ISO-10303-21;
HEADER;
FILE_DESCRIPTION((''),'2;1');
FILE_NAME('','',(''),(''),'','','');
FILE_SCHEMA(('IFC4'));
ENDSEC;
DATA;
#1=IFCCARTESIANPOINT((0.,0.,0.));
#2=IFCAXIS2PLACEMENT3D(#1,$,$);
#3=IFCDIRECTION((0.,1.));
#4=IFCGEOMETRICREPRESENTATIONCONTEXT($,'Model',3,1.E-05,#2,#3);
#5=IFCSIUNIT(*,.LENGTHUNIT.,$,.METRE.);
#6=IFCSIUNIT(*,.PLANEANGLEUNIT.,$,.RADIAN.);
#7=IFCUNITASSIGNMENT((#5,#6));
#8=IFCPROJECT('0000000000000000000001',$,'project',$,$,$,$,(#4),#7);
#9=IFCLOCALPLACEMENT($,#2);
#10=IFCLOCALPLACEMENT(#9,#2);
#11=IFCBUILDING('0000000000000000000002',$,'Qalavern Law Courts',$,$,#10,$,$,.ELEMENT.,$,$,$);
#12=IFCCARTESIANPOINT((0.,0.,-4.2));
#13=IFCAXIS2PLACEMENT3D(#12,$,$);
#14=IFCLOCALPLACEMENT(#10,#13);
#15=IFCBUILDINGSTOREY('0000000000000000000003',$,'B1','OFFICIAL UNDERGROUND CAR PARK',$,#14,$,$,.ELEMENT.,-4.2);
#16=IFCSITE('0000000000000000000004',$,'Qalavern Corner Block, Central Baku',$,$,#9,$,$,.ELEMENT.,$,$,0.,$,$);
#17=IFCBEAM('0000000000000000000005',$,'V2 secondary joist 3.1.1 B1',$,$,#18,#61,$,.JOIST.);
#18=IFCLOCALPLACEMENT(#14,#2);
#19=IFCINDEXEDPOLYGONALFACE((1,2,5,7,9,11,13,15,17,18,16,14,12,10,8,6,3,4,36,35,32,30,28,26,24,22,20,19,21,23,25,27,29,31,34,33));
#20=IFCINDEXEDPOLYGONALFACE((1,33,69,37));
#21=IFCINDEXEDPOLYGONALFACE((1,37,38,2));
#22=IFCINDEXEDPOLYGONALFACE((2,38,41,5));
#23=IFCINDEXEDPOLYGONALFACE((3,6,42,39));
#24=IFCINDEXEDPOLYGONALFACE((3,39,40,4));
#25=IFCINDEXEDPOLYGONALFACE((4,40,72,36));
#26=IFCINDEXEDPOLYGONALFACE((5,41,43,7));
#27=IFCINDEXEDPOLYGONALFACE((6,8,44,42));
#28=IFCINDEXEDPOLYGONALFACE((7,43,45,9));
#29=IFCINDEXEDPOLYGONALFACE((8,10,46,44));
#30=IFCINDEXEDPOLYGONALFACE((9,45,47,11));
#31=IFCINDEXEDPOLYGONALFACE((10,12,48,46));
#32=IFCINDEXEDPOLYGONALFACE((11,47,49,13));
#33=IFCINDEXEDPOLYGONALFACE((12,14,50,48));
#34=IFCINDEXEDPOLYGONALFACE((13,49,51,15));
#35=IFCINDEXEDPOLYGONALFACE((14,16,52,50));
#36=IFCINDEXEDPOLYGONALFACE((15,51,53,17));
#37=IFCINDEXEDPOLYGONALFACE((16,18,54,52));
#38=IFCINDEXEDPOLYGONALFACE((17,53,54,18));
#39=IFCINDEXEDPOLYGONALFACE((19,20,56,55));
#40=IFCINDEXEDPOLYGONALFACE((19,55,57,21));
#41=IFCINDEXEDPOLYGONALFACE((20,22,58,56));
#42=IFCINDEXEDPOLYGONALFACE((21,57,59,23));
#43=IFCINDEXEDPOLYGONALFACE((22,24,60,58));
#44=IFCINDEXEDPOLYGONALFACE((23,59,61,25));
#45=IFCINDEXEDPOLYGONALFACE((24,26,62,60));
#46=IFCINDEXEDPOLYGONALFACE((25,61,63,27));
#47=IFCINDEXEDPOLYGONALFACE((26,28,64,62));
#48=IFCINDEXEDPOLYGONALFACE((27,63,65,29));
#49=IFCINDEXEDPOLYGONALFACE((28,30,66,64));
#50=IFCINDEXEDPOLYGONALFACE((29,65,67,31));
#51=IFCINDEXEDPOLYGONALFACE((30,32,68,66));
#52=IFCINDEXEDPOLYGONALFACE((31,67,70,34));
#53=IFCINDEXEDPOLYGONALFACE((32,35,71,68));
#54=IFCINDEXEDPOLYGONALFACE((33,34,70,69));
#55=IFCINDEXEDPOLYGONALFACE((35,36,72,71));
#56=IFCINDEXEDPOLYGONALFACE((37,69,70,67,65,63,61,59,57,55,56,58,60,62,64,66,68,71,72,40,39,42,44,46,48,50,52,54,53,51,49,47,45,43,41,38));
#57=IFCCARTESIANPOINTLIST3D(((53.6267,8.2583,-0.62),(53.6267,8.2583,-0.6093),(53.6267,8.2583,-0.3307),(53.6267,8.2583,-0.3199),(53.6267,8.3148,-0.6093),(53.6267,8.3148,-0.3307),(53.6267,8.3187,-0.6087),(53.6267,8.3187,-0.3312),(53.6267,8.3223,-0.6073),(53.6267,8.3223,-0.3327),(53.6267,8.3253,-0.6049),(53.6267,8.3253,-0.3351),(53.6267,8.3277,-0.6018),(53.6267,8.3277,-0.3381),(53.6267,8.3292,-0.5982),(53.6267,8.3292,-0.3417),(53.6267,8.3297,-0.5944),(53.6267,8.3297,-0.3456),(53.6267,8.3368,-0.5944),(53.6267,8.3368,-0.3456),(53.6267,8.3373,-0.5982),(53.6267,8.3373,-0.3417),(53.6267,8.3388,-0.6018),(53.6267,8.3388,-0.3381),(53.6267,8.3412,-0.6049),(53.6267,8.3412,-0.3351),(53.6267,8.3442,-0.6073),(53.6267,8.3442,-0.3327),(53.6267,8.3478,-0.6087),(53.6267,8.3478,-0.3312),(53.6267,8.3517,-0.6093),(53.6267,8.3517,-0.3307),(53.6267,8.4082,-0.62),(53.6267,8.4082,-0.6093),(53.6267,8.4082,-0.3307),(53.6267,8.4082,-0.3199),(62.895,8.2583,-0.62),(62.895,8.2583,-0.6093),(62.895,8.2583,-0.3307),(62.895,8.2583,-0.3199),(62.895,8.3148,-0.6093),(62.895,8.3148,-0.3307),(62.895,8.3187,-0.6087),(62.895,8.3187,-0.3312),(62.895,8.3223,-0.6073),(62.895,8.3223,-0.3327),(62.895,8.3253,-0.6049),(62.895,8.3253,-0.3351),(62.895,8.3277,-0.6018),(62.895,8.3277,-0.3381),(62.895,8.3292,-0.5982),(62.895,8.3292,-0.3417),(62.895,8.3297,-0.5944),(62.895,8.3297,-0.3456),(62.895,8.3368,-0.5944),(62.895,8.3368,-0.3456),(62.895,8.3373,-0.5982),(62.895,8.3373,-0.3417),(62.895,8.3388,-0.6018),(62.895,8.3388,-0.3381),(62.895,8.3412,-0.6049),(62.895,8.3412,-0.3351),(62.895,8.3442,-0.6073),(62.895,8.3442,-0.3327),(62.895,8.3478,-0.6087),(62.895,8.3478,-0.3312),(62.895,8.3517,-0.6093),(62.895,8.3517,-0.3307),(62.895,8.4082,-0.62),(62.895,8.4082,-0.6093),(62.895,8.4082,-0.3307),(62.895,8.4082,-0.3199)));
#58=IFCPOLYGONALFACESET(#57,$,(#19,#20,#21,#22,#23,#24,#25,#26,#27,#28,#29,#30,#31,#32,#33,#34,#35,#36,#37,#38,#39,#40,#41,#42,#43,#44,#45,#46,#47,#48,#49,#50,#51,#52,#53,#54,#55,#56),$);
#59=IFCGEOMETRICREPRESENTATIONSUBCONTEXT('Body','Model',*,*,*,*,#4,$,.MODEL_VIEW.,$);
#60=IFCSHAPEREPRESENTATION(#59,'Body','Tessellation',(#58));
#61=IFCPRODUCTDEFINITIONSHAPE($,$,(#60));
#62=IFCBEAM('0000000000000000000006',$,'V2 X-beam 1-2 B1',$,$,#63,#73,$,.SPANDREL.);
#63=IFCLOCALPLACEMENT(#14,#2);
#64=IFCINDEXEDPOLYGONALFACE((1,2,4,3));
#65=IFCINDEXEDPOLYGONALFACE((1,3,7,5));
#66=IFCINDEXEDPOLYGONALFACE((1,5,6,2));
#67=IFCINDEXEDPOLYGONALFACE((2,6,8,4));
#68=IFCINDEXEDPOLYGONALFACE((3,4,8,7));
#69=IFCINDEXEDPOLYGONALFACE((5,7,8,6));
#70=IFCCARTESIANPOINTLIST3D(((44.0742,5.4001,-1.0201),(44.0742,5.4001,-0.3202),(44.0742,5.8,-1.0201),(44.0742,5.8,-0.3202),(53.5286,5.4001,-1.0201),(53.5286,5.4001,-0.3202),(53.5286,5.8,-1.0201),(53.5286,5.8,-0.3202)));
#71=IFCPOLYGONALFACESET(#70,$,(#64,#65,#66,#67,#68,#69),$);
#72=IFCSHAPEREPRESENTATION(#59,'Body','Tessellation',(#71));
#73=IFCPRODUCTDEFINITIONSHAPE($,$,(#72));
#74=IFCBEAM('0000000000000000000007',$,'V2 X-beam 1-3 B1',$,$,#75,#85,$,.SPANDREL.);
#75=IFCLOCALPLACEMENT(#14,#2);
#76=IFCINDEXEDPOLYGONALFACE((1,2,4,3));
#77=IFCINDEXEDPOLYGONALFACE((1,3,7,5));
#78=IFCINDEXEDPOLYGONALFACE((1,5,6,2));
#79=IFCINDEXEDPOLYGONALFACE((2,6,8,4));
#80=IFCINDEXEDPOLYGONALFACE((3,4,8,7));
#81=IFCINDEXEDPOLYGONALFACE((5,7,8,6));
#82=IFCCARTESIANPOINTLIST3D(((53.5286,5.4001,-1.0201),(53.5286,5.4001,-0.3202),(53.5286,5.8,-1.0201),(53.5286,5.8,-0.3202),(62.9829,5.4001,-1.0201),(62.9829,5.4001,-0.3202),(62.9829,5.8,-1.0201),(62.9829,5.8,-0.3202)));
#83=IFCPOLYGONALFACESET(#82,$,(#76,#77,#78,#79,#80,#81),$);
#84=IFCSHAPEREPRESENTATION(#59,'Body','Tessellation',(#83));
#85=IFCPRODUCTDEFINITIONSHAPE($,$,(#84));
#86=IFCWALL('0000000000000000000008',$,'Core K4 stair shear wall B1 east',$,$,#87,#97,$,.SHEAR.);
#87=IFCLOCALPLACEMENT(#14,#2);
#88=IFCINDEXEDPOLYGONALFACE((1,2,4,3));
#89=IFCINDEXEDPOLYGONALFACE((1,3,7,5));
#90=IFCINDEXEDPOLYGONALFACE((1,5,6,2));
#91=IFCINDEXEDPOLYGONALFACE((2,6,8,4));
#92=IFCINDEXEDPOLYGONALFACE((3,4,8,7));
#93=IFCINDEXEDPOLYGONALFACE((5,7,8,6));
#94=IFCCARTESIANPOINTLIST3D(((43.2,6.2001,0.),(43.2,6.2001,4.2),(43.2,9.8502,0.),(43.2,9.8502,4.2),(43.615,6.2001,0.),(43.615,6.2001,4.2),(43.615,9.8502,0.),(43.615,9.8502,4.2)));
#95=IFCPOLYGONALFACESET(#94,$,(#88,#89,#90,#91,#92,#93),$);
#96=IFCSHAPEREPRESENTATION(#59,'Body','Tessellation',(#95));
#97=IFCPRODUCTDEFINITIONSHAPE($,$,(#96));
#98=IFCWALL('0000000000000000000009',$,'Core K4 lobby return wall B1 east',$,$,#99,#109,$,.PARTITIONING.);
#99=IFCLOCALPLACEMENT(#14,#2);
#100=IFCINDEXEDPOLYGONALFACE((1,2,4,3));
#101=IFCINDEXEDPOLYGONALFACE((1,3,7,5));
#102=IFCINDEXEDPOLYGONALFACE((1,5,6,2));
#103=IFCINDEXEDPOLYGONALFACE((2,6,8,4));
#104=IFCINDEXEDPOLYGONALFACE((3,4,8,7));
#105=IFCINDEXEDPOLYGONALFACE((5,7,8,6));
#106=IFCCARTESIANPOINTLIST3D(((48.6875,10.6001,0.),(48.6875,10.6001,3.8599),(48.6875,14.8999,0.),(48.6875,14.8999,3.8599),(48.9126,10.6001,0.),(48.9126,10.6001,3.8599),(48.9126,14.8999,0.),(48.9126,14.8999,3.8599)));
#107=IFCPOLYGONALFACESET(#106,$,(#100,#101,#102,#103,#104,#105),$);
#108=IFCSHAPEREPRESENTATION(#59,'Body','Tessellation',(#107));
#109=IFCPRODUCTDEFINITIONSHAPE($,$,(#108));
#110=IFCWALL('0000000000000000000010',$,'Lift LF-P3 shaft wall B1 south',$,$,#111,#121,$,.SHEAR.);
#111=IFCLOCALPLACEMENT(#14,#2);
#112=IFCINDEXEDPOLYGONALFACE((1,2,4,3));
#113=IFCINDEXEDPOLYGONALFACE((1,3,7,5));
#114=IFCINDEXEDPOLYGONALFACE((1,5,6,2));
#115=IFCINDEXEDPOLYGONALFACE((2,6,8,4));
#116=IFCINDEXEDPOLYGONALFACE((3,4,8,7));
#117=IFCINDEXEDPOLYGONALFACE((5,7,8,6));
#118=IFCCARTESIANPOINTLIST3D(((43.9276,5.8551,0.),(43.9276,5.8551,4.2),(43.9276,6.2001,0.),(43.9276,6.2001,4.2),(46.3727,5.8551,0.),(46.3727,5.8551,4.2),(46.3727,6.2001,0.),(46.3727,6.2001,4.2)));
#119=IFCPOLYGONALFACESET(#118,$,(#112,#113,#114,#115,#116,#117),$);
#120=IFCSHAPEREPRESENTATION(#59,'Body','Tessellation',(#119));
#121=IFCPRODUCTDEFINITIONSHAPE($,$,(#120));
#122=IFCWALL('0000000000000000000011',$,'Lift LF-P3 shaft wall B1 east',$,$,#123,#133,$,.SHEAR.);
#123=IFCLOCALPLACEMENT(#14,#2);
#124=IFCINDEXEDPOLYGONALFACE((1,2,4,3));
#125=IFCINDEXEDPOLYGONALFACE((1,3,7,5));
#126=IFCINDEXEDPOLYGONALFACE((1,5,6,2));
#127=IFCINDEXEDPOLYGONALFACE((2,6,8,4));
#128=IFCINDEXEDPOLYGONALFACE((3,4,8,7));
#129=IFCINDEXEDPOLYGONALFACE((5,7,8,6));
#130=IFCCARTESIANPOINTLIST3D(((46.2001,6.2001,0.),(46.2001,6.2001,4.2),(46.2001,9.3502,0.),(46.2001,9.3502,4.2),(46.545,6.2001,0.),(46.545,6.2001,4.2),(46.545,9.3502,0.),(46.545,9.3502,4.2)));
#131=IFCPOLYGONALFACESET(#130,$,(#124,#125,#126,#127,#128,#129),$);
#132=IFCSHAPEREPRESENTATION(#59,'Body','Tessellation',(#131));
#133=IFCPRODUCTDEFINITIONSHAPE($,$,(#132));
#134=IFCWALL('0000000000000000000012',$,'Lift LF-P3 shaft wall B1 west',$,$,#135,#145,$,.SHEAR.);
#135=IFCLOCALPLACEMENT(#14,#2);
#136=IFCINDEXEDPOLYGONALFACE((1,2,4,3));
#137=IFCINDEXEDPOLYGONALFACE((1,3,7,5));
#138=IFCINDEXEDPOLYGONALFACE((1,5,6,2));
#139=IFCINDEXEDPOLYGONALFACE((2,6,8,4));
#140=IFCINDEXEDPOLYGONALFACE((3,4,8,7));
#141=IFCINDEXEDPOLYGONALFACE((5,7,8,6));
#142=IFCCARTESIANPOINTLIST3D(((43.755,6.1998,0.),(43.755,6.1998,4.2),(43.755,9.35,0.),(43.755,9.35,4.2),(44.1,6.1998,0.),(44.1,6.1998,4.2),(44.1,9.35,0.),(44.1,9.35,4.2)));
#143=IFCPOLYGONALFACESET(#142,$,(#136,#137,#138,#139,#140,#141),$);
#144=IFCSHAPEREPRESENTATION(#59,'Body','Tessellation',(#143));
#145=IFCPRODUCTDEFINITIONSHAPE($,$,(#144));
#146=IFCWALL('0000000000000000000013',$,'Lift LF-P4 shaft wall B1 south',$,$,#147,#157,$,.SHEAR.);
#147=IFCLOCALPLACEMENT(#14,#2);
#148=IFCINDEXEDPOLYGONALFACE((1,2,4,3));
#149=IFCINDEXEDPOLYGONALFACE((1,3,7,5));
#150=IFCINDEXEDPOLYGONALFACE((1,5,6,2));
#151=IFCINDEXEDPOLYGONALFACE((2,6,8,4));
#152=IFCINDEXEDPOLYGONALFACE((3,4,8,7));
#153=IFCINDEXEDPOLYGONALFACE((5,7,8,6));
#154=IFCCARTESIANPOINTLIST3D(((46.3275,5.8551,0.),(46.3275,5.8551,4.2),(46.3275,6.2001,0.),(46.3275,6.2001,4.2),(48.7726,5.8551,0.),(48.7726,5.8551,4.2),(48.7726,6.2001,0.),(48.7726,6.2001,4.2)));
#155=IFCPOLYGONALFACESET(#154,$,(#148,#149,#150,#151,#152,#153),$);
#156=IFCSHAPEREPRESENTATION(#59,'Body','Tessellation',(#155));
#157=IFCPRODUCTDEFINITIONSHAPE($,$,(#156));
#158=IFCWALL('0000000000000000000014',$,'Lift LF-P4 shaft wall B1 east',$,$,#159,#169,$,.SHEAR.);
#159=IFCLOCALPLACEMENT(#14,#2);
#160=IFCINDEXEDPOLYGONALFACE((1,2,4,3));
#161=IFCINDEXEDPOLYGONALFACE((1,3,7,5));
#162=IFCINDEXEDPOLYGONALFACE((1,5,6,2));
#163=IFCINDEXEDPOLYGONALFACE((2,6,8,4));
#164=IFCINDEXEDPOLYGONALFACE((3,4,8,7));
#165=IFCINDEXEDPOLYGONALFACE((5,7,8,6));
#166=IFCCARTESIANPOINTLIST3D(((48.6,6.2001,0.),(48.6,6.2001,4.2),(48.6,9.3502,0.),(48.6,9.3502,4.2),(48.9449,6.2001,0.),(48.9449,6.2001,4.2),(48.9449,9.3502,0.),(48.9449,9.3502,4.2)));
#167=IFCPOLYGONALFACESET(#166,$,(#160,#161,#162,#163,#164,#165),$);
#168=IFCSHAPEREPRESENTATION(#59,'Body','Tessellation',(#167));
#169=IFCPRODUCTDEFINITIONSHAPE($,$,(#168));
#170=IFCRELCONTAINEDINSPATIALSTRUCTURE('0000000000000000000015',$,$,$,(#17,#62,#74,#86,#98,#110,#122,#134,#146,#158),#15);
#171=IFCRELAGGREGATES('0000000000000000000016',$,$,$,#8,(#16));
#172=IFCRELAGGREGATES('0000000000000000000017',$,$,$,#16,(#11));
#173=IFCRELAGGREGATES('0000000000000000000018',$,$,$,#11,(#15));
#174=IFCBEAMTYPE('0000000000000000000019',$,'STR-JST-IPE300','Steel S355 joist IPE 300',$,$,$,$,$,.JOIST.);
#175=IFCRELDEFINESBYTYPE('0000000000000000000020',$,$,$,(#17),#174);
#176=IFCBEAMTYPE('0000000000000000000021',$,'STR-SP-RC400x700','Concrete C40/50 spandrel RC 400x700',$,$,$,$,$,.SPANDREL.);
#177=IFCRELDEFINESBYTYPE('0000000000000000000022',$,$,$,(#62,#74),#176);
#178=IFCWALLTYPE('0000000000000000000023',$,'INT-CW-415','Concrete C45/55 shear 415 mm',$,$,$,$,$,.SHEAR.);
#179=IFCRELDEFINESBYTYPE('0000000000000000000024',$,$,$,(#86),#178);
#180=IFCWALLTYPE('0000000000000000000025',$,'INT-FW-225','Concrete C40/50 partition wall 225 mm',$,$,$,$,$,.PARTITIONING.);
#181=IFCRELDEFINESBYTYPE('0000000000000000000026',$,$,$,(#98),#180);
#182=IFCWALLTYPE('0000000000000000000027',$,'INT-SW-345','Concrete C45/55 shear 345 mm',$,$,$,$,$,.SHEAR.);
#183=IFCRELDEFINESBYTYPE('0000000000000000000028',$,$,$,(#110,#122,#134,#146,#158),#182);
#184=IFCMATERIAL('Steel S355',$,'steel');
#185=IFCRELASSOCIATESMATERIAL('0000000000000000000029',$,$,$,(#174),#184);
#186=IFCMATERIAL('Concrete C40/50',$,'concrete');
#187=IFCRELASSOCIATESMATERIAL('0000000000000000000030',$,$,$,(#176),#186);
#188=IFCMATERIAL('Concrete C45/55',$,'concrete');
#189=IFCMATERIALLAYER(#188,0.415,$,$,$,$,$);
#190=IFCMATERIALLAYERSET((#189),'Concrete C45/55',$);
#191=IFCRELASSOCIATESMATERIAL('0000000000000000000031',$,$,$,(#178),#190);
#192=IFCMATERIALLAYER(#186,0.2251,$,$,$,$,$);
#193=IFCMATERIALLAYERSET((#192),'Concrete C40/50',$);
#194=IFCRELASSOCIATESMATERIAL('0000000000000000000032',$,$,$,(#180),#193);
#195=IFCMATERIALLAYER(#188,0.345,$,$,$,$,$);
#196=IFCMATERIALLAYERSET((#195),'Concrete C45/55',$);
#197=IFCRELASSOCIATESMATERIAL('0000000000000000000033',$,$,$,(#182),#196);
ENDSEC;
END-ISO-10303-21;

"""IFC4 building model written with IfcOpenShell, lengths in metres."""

from ifc_helpers import new_model, si_unit, direction, frame, frame_2d, origin, origin_2d, place, context, subcontext, project, spatial, rectangle, i_section, extrude, material, layer, layer_set, material_profile, profile_set, type_object, element, save


model = new_model("IFC4")

# Units and contexts
model_context = context("Model", 3, precision=1e-05, world=origin(), true_north=direction((0.0, 1.0)))
body_context = subcontext(model_context, "Body", "Model", "MODEL_VIEW")
ifc_project = project(units=[si_unit("LENGTHUNIT", "METRE"), si_unit("PLANEANGLEUNIT", "RADIAN")], contexts=[model_context])

# Site, building, storey
site_placement = place(None, origin())
site = spatial("IfcSite", under=ifc_project, at=site_placement, Name="Qalavern Corner Block, Central Baku", CompositionType="ELEMENT", RefElevation=0.0)
building_placement = place(site_placement, origin())
building = spatial("IfcBuilding", under=site, at=building_placement, Name="Qalavern Law Courts", CompositionType="ELEMENT")
storey_placement = place(building_placement, frame((0.0, 0.0, -4.2)))
storey = spatial("IfcBuildingStorey", under=building, at=storey_placement, Name="B1", Description="OFFICIAL UNDERGROUND CAR PARK", CompositionType="ELEMENT", Elevation=-4.2)

# Shared definitions
ifc_material_1 = material(Name="Steel S355", Category="steel")
ifc_material_2 = material(Name="Concrete C45/55", Category="concrete")

# Beams
ifc_material_3 = material(Name="Concrete C40/50", Category="concrete")
ifc_material_profile_1 = material_profile(ifc_material_1, i_section(OverallWidth=0.1499, OverallDepth=0.3, WebThickness=0.0071, FlangeThickness=0.0107, FilletRadius=0.0149, at=origin_2d()), Name="IPE 300")
ifc_profile_set_1 = profile_set([ifc_material_profile_1], Name="Steel S355")
beam_type_1 = type_object("IfcBeamType", Name="STR-JST-IPE300", Description="Steel S355 joist IPE 300", PredefinedType="JOIST", material=ifc_profile_set_1)
beam_1_placement = place(storey_placement, frame((53.6267, 8.3333, -0.47), z_axis=(1.0, 0.0, 0.0), x_axis=(0.0, 1.0, 0.0)))
element("IfcBeam", 1, at=beam_1_placement, inside=storey, type_object=beam_type_1, Name="V2 secondary joist 3.1.1 B1", PredefinedType="JOIST", context=body_context, shape_type="SweptSolid", body=[
    extrude(i_section(OverallWidth=0.1499, OverallDepth=0.3, WebThickness=0.0071, FlangeThickness=0.0107, FilletRadius=0.0149, at=origin_2d()), origin(), (0.0, 0.0, 1.0), 9.2683),
])
ifc_material_profile_2 = material_profile(ifc_material_3, rectangle(XDim=0.3999, YDim=0.7, at=origin_2d()), Name="RC 400x700")
ifc_profile_set_2 = profile_set([ifc_material_profile_2], Name="Concrete C40/50")
beam_type_2 = type_object("IfcBeamType", Name="STR-SP-RC400x700", Description="Concrete C40/50 spandrel RC 400x700", PredefinedType="SPANDREL", material=ifc_profile_set_2)
for number, where, z_axis, x_axis, name in (
    (2, (44.0742, 5.6001, -0.6702), (1.0, 0.0, 0.0), (0.0, 1.0, 0.0), "V2 X-beam 1-2 B1"),
    (3, (53.5286, 5.6001, -0.6702), (1.0, 0.0, 0.0), (0.0, 1.0, 0.0), "V2 X-beam 1-3 B1"),
):
    element("IfcBeam", number, at=place(storey_placement, frame(where, z_axis=z_axis, x_axis=x_axis)), inside=storey, type_object=beam_type_2, Name=name, PredefinedType="SPANDREL", context=body_context, shape_type="SweptSolid", body=[
        extrude(rectangle(XDim=0.3999, YDim=0.7, at=origin_2d()), origin(), (0.0, 0.0, 1.0), 9.4543),
    ])

# Wall
ifc_layer_1 = layer(ifc_material_2, 0.415)
ifc_layer_set_1 = layer_set([ifc_layer_1], Name="Concrete C45/55")
wall_type_1 = type_object("IfcWallType", Name="INT-CW-415", Description="Concrete C45/55 shear 415 mm", PredefinedType="SHEAR", material=ifc_layer_set_1)
wall_1_placement = place(storey_placement, frame((43.4075, 6.2, 0.0), z_axis=(0.0, 0.0, 1.0), x_axis=(0.0, 1.0, 0.0)))
element("IfcWall", 4, at=wall_1_placement, inside=storey, type_object=wall_type_1, Name="Core K4 stair shear wall B1 east", PredefinedType="SHEAR", context=body_context, shape_type="SweptSolid", body=[
    extrude(rectangle(XDim=3.6501, YDim=0.415, at=frame_2d((1.8252, 0.0))), origin(), (0.0, 0.0, 1.0), 4.2),
])

# Walls
ifc_layer_2 = layer(ifc_material_3, 0.2251)
ifc_layer_set_2 = layer_set([ifc_layer_2], Name="Concrete C40/50")
wall_type_2 = type_object("IfcWallType", Name="INT-FW-225", Description="Concrete C40/50 partition wall 225 mm", PredefinedType="PARTITIONING", material=ifc_layer_set_2)
wall_2_placement = place(storey_placement, frame((48.8, 10.6001, 0.0), z_axis=(0.0, 0.0, 1.0), x_axis=(0.0, 1.0, 0.0)))
element("IfcWall", 5, at=wall_2_placement, inside=storey, type_object=wall_type_2, Name="Core K4 lobby return wall B1 east", PredefinedType="PARTITIONING", context=body_context, shape_type="SweptSolid", body=[
    extrude(rectangle(XDim=4.2998, YDim=0.2251, at=frame_2d((2.1499, 0.0))), origin(), (0.0, 0.0, 1.0), 3.8599),
])
ifc_layer_3 = layer(ifc_material_2, 0.345)
ifc_layer_set_3 = layer_set([ifc_layer_3], Name="Concrete C45/55")
wall_type_3 = type_object("IfcWallType", Name="INT-SW-345", Description="Concrete C45/55 shear 345 mm", PredefinedType="SHEAR", material=ifc_layer_set_3)
wall_3_placement = place(storey_placement, frame((43.9275, 6.0276, 0.0), z_axis=(0.0, 0.0, 1.0), x_axis=(1.0, 0.0, 0.0)))
element("IfcWall", 6, at=wall_3_placement, inside=storey, type_object=wall_type_3, Name="Lift LF-P3 shaft wall B1 south", PredefinedType="SHEAR", context=body_context, shape_type="SweptSolid", body=[
    extrude(rectangle(XDim=2.4451, YDim=0.345, at=frame_2d((1.2227, 0.0))), origin(), (0.0, 0.0, 1.0), 4.2),
])
wall_4_placement = place(storey_placement, frame((46.3726, 6.2, 0.0), z_axis=(0.0, 0.0, 1.0), x_axis=(0.0, 1.0, 0.0)))
element("IfcWall", 7, at=wall_4_placement, inside=storey, type_object=wall_type_3, Name="Lift LF-P3 shaft wall B1 east", PredefinedType="SHEAR", context=body_context, shape_type="SweptSolid", body=[
    extrude(rectangle(XDim=3.1501, YDim=0.345, at=frame_2d((1.5752, 0.0))), origin(), (0.0, 0.0, 1.0), 4.2),
])

# Walls
wall_5_placement = place(storey_placement, frame((43.9275, 9.3501, 0.0), z_axis=(0.0, 0.0, 1.0), x_axis=(0.0, -1.0, 0.0)))
element("IfcWall", 8, at=wall_5_placement, inside=storey, type_object=wall_type_3, Name="Lift LF-P3 shaft wall B1 west", PredefinedType="SHEAR", context=body_context, shape_type="SweptSolid", body=[
    extrude(rectangle(XDim=3.1501, YDim=0.345, at=frame_2d((1.5752, 0.0))), origin(), (0.0, 0.0, 1.0), 4.2),
])
wall_6_placement = place(storey_placement, frame((46.3274, 6.0276, 0.0), z_axis=(0.0, 0.0, 1.0), x_axis=(1.0, 0.0, 0.0)))
element("IfcWall", 9, at=wall_6_placement, inside=storey, type_object=wall_type_3, Name="Lift LF-P4 shaft wall B1 south", PredefinedType="SHEAR", context=body_context, shape_type="SweptSolid", body=[
    extrude(rectangle(XDim=2.4451, YDim=0.345, at=frame_2d((1.2227, 0.0))), origin(), (0.0, 0.0, 1.0), 4.2),
])
wall_7_placement = place(storey_placement, frame((48.7725, 6.2, 0.0), z_axis=(0.0, 0.0, 1.0), x_axis=(0.0, 1.0, 0.0)))
element("IfcWall", 10, at=wall_7_placement, inside=storey, type_object=wall_type_3, Name="Lift LF-P4 shaft wall B1 east", PredefinedType="SHEAR", context=body_context, shape_type="SweptSolid", body=[
    extrude(rectangle(XDim=3.1501, YDim=0.345, at=frame_2d((1.5752, 0.0))), origin(), (0.0, 0.0, 1.0), 4.2),
])

save(model, "model.ifc")
